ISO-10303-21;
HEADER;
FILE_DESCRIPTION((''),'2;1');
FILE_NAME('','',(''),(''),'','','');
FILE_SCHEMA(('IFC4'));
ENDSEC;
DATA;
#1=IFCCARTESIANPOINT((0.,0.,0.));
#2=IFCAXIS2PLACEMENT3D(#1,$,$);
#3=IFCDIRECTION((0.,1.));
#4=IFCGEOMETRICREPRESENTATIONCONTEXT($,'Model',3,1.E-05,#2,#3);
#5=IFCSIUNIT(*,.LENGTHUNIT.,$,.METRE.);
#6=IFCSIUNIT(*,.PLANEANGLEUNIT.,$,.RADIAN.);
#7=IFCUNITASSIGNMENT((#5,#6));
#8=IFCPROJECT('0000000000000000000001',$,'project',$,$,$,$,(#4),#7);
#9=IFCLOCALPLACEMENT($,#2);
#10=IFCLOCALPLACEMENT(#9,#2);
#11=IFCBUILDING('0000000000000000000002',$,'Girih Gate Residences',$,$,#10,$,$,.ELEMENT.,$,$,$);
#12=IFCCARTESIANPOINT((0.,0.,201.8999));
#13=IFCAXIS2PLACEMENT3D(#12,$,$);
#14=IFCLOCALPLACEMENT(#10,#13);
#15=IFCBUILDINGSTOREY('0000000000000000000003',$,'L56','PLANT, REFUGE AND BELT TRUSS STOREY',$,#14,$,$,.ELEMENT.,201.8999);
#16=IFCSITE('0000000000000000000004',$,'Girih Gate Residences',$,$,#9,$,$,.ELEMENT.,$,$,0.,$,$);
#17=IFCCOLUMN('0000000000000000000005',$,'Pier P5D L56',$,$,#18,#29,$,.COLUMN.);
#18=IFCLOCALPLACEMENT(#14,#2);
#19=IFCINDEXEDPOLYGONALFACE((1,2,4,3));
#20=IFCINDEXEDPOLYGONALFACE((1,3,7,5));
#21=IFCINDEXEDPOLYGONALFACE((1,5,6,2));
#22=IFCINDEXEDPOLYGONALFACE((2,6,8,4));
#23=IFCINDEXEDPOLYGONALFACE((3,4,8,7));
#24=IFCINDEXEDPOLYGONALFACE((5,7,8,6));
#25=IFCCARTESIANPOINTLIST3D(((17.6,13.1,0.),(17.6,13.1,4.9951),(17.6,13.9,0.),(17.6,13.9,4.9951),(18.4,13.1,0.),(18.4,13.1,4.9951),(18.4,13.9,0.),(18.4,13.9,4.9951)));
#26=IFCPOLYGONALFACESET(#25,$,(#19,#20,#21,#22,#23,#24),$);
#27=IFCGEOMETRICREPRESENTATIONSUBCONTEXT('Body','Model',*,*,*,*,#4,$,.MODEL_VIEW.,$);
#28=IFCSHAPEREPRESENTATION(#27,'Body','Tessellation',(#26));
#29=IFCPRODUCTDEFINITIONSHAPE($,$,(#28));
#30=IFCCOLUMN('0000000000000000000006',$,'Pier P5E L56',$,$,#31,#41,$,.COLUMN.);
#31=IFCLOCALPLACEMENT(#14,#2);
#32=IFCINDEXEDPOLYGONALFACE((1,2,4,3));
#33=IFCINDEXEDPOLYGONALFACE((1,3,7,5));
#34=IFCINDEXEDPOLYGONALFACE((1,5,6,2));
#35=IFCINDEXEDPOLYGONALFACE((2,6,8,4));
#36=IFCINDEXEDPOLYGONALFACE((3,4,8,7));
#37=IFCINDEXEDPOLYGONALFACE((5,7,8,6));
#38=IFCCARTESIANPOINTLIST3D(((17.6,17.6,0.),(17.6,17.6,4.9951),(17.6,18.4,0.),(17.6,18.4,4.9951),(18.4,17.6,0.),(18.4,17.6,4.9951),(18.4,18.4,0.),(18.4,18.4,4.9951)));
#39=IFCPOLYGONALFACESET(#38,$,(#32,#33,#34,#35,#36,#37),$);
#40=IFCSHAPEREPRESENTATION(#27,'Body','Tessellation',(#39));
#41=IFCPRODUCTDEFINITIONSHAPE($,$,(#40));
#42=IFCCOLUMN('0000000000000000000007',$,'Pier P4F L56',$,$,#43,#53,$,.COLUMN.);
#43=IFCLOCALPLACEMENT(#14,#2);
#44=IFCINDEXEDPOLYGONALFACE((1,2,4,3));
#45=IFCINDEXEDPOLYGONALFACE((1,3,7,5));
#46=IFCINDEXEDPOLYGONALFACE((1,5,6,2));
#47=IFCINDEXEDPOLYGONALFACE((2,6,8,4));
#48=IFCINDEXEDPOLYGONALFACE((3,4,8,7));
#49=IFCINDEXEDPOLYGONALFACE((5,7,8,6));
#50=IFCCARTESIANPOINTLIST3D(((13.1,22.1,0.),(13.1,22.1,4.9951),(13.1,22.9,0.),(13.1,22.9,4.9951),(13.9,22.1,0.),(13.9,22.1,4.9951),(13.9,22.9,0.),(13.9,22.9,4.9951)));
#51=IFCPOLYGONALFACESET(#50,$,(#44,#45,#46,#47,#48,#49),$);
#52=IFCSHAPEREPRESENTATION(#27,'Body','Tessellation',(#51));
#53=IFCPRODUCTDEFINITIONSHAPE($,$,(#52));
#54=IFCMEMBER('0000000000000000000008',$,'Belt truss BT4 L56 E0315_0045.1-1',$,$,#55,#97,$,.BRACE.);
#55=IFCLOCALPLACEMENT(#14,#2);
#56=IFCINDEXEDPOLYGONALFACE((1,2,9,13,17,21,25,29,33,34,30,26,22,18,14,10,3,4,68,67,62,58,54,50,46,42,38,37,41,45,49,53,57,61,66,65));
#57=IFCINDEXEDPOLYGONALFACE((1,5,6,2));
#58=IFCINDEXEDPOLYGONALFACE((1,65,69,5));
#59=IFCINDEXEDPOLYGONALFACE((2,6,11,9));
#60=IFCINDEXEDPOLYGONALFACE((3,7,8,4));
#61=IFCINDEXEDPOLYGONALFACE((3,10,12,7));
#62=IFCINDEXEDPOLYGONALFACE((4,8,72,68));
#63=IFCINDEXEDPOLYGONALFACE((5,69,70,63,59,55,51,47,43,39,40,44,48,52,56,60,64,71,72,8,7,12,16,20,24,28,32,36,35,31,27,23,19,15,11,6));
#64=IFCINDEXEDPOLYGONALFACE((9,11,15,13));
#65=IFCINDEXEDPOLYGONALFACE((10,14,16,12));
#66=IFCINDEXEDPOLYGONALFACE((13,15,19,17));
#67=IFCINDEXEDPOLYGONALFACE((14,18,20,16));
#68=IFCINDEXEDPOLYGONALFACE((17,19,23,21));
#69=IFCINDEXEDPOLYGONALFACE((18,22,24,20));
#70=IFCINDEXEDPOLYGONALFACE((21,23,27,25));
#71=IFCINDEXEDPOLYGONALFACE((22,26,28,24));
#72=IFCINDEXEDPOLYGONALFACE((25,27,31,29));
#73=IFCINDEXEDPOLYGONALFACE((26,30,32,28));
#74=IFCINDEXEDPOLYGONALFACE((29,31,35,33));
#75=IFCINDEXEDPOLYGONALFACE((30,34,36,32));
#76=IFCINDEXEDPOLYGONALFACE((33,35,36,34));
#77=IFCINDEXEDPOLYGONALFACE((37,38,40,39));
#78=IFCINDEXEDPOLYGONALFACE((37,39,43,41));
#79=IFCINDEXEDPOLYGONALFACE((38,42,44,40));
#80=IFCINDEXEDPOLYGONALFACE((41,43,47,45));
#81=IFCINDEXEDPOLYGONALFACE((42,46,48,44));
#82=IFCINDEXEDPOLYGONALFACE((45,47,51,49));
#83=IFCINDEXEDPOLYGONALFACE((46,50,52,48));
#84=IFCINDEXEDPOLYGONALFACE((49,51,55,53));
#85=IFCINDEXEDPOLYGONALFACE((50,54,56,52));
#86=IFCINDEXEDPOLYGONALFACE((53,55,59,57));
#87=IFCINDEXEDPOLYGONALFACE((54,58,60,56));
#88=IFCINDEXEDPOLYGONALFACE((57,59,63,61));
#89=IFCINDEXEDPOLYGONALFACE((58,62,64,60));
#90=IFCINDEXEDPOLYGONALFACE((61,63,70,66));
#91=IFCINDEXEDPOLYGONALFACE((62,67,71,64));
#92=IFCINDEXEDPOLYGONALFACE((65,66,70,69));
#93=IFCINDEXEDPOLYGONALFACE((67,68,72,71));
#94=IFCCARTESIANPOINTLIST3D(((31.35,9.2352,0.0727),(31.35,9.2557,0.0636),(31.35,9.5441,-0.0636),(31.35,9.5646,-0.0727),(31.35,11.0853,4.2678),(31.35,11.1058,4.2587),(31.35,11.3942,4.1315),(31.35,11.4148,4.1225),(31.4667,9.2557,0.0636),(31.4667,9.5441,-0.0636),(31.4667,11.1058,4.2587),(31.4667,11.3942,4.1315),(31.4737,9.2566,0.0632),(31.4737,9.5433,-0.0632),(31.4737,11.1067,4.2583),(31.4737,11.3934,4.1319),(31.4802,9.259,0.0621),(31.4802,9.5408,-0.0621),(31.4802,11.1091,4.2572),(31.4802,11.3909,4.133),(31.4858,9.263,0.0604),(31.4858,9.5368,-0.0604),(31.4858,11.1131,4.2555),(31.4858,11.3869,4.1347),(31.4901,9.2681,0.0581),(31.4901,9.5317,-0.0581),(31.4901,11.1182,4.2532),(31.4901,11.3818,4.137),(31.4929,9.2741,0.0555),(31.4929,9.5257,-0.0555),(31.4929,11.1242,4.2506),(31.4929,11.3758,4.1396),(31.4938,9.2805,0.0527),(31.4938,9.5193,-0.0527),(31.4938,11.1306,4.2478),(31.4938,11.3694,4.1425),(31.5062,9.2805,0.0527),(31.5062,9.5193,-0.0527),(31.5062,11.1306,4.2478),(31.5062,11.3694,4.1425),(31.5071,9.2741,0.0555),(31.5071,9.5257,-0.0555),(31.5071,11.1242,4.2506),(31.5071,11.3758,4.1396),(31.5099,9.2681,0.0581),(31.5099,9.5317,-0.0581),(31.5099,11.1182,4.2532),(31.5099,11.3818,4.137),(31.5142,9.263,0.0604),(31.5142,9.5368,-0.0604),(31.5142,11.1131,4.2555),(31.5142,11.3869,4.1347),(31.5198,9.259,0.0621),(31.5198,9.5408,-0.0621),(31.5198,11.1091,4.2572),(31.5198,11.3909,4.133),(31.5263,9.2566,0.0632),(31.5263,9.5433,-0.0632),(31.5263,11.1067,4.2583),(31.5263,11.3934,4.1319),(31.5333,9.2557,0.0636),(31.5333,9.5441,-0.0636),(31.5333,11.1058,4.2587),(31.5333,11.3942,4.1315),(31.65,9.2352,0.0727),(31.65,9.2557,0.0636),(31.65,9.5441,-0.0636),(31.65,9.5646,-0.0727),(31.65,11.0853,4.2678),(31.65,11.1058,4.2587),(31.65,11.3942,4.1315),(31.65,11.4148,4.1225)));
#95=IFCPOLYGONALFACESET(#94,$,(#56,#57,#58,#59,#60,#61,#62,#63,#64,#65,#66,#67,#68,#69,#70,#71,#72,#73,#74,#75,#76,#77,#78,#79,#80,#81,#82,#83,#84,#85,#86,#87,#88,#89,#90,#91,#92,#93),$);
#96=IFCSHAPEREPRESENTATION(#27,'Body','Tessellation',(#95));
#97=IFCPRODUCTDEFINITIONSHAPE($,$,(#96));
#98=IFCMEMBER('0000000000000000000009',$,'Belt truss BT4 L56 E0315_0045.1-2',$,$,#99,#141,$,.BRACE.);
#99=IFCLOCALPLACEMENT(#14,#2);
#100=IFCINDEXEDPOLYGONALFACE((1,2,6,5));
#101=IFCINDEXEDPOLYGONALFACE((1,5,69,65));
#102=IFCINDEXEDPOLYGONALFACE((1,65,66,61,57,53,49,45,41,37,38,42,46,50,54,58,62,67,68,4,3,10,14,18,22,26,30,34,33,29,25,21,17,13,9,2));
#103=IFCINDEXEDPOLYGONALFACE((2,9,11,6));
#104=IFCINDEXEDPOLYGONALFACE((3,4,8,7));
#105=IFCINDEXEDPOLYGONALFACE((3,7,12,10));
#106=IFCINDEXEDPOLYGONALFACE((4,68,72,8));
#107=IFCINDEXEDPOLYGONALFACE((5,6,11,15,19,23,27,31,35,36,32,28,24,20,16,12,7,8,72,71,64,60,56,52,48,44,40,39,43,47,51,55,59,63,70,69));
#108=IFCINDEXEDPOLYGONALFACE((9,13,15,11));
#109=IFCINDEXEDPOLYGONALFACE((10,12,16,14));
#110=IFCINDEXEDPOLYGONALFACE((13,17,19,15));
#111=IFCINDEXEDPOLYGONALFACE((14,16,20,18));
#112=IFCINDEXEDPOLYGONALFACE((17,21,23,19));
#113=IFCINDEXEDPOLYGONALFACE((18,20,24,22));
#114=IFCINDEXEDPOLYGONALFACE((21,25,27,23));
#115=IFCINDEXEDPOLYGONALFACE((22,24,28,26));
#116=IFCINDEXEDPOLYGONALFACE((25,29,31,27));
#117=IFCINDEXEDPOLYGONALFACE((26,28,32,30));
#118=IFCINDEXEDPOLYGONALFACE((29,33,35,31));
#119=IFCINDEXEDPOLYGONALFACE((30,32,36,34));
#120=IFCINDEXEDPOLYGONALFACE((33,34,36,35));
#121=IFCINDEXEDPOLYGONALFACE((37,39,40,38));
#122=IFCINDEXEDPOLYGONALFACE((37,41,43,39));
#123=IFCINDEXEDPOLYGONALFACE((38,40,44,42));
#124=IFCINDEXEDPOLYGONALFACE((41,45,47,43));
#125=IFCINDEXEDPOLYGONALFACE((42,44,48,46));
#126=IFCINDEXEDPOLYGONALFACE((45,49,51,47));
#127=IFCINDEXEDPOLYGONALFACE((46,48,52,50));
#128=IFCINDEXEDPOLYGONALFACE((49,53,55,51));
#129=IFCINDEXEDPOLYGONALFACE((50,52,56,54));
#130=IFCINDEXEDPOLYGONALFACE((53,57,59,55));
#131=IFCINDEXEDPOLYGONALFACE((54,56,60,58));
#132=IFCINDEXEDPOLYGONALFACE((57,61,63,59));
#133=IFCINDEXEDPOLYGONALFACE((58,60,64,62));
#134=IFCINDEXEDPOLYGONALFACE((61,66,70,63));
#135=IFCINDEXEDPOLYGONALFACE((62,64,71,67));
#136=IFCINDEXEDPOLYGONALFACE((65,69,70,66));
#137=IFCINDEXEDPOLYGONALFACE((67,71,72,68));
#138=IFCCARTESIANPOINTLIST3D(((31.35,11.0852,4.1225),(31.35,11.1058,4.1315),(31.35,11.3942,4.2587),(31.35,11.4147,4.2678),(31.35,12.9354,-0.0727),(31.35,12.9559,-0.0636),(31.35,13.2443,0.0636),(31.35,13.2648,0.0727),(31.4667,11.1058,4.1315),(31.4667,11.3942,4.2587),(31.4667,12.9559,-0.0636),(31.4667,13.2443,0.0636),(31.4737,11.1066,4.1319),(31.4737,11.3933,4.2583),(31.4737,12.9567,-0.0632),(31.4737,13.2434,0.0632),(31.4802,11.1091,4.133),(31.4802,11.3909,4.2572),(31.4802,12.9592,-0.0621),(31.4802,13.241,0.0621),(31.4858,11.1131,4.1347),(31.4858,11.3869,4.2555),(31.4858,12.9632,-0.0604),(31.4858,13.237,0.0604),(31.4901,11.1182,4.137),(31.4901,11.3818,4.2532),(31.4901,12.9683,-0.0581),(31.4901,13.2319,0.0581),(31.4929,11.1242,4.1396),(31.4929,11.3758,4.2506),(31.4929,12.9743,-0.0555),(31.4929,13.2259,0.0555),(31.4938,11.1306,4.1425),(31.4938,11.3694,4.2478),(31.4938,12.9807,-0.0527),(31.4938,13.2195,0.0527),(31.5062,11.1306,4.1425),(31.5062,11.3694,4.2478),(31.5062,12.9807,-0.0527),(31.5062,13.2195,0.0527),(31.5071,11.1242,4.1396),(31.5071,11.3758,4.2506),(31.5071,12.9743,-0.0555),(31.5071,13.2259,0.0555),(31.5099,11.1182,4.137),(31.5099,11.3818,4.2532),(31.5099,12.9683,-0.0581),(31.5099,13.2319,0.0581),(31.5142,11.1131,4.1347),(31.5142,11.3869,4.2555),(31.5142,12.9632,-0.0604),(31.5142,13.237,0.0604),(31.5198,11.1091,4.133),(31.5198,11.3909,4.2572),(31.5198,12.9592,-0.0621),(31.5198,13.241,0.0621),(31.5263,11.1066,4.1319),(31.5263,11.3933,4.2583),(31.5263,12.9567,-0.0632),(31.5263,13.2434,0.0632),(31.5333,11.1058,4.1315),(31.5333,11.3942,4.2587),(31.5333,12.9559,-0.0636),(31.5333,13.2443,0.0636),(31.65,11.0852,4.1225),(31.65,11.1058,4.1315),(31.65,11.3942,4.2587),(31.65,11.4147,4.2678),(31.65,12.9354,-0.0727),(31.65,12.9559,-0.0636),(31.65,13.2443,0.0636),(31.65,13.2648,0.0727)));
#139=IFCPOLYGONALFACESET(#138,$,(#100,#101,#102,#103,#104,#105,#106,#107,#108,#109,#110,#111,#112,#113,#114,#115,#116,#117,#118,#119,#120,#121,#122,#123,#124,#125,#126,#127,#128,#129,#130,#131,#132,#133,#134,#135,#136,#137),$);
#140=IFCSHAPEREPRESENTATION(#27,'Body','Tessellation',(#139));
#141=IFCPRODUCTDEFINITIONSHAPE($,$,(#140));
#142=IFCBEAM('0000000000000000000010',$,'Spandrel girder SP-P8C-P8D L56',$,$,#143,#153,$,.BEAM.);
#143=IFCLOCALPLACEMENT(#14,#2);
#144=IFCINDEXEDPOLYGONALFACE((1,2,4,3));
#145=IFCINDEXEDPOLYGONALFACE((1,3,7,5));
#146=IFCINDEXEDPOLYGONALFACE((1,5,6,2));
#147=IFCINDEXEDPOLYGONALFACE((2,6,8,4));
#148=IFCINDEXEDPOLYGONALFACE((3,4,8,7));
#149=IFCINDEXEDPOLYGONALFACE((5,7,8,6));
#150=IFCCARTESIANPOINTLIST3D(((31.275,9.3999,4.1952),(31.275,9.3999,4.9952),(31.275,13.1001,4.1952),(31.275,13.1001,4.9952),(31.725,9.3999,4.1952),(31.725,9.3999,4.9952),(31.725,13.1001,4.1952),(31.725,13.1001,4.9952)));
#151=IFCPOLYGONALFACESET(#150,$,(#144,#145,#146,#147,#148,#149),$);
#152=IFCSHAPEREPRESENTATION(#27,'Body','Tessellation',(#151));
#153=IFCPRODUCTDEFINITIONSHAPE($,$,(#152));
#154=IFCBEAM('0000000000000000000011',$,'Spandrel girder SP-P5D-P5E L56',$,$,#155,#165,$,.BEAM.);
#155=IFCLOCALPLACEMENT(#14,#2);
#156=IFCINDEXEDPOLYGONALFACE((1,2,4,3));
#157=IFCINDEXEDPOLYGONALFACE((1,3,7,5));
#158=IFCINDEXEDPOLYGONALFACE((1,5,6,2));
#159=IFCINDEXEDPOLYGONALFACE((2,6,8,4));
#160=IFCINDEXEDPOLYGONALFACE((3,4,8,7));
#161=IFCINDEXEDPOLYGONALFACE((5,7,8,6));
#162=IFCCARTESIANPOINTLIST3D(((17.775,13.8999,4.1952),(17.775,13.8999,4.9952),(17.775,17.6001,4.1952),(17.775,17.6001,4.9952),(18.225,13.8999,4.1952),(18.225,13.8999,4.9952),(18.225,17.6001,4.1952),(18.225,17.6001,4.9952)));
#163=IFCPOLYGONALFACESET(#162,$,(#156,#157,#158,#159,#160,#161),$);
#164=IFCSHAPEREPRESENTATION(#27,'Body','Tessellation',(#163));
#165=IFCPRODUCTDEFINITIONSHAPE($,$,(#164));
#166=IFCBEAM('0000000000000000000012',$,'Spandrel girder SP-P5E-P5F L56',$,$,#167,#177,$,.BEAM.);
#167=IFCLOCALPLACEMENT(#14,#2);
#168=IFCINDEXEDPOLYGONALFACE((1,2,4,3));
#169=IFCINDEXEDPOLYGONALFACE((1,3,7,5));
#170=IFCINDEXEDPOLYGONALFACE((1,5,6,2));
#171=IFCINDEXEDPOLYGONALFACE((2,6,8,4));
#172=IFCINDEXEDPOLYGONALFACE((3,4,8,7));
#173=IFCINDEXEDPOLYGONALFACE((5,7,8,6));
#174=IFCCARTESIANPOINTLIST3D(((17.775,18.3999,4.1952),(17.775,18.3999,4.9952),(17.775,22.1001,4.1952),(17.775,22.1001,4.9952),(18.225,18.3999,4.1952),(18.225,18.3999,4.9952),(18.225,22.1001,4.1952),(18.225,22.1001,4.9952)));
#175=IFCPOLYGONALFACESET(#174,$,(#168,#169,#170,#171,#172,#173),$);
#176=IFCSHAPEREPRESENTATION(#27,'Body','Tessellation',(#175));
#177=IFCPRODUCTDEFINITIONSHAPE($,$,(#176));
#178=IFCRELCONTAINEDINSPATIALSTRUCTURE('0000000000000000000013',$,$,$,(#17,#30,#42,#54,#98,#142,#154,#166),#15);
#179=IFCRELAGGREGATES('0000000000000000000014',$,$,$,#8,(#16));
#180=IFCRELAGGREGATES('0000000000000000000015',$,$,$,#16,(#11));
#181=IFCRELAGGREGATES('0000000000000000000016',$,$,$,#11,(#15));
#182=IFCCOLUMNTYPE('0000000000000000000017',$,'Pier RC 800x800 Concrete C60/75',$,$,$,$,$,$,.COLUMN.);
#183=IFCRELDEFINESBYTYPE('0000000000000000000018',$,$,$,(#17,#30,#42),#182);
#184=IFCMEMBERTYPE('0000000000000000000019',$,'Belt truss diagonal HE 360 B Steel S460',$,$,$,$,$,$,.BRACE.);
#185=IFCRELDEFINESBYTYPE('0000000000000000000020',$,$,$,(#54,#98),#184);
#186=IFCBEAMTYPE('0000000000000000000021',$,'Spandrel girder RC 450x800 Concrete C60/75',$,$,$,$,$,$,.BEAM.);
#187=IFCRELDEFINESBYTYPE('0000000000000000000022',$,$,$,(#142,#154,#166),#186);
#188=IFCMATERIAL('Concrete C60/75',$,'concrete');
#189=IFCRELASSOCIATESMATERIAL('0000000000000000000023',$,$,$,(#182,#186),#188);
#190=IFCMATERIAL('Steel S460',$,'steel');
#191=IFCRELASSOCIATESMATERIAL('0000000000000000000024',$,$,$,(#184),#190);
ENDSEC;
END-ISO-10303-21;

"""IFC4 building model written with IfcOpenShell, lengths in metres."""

from ifc_helpers import new_model, si_unit, direction, frame, origin, origin_2d, place, context, subcontext, project, spatial, rectangle, i_section, extrude, material, material_profile, profile_set, type_object, element, save


model = new_model("IFC4")

# Units and contexts
model_context = context("Model", 3, precision=1e-05, world=origin(), true_north=direction((0.0, 1.0)))
body_context = subcontext(model_context, "Body", "Model", "MODEL_VIEW")
ifc_project = project(units=[si_unit("LENGTHUNIT", "METRE"), si_unit("PLANEANGLEUNIT", "RADIAN")], contexts=[model_context])

# Site, building, storey
site_placement = place(None, origin())
site = spatial("IfcSite", under=ifc_project, at=site_placement, Name="Girih Gate Residences", CompositionType="ELEMENT", RefElevation=0.0)
building_placement = place(site_placement, origin())
building = spatial("IfcBuilding", under=site, at=building_placement, Name="Girih Gate Residences", CompositionType="ELEMENT")
storey_placement = place(building_placement, frame((0.0, 0.0, 201.8999)))
storey = spatial("IfcBuildingStorey", under=building, at=storey_placement, Name="L56", Description="PLANT, REFUGE AND BELT TRUSS STOREY", CompositionType="ELEMENT", Elevation=201.8999)

# Columns
ifc_material_1 = material(Name="Concrete C60/75", Category="concrete")
ifc_material_profile_1 = material_profile(ifc_material_1, rectangle(XDim=0.8, YDim=0.8, at=origin_2d()))
ifc_profile_set_1 = profile_set([ifc_material_profile_1], Name="Concrete C60/75")
column_type = type_object("IfcColumnType", Name="Pier RC 800x800 Concrete C60/75", PredefinedType="COLUMN", material=ifc_profile_set_1)
for number, where, z_axis, x_axis, name in (
    (1, (18.0, 13.5, 0.0), (0.0, 0.0, 1.0), (1.0, 0.0, 0.0), "Pier P5D L56"),
    (2, (18.0, 18.0, 0.0), (0.0, 0.0, 1.0), (1.0, 0.0, 0.0), "Pier P5E L56"),
    (3, (13.5, 22.5, 0.0), (0.0, 0.0, 1.0), (1.0, 0.0, 0.0), "Pier P4F L56"),
):
    element("IfcColumn", number, at=place(storey_placement, frame(where, z_axis=z_axis, x_axis=x_axis)), inside=storey, type_object=column_type, Name=name, PredefinedType="COLUMN", context=body_context, shape_type="SweptSolid", body=[
        extrude(rectangle(XDim=0.8, YDim=0.8, at=origin_2d()), origin(), (0.0, 0.0, 1.0), 4.9951),
    ])

# Members
ifc_material_2 = material(Name="Steel S460", Category="steel")
ifc_material_profile_2 = material_profile(ifc_material_2, i_section(OverallWidth=0.3, OverallDepth=0.3601, WebThickness=0.0125, FlangeThickness=0.0225, FilletRadius=0.0271, at=origin_2d()))
ifc_profile_set_2 = profile_set([ifc_material_profile_2], Name="Steel S460")
member_type = type_object("IfcMemberType", Name="Belt truss diagonal HE 360 B Steel S460", PredefinedType="BRACE", material=ifc_profile_set_2)
for number, where, z_axis, x_axis, name in (
    (4, (31.5, 9.3999, 0.0), (0.0, 0.403518, 0.914972), (-1.0, 0.0, 0.0), "Belt truss BT4 L56 E0315_0045.1-1"),
    (5, (31.5, 13.1001, 0.0), (0.0, -0.403518, 0.914972), (1.0, 0.0, 0.0), "Belt truss BT4 L56 E0315_0045.1-2"),
):
    element("IfcMember", number, at=place(storey_placement, frame(where, z_axis=z_axis, x_axis=x_axis)), inside=storey, type_object=member_type, Name=name, PredefinedType="BRACE", context=body_context, shape_type="SweptSolid", body=[
        extrude(i_section(OverallWidth=0.3, OverallDepth=0.3601, WebThickness=0.0125, FlangeThickness=0.0225, FilletRadius=0.0271, at=origin_2d()), origin(), (0.0, 0.0, 1.0), 4.585),
    ])

# Beams
ifc_material_profile_3 = material_profile(ifc_material_1, rectangle(XDim=0.45, YDim=0.8, at=origin_2d()))
ifc_profile_set_3 = profile_set([ifc_material_profile_3], Name="Concrete C60/75")
beam_type = type_object("IfcBeamType", Name="Spandrel girder RC 450x800 Concrete C60/75", PredefinedType="BEAM", material=ifc_profile_set_3)
for number, where, z_axis, x_axis, name in (
    (6, (31.5, 9.3999, 4.5952), (0.0, 1.0, 0.0), (-1.0, 0.0, 0.0), "Spandrel girder SP-P8C-P8D L56"),
    (7, (18.0, 13.8999, 4.5952), (0.0, 1.0, 0.0), (-1.0, 0.0, 0.0), "Spandrel girder SP-P5D-P5E L56"),
    (8, (18.0, 18.3999, 4.5952), (0.0, 1.0, 0.0), (-1.0, 0.0, 0.0), "Spandrel girder SP-P5E-P5F L56"),
):
    element("IfcBeam", number, at=place(storey_placement, frame(where, z_axis=z_axis, x_axis=x_axis)), inside=storey, type_object=beam_type, Name=name, PredefinedType="BEAM", context=body_context, shape_type="SweptSolid", body=[
        extrude(rectangle(XDim=0.45, YDim=0.8, at=origin_2d()), origin(), (0.0, 0.0, 1.0), 3.7002),
    ])

save(model, "model.ifc")
